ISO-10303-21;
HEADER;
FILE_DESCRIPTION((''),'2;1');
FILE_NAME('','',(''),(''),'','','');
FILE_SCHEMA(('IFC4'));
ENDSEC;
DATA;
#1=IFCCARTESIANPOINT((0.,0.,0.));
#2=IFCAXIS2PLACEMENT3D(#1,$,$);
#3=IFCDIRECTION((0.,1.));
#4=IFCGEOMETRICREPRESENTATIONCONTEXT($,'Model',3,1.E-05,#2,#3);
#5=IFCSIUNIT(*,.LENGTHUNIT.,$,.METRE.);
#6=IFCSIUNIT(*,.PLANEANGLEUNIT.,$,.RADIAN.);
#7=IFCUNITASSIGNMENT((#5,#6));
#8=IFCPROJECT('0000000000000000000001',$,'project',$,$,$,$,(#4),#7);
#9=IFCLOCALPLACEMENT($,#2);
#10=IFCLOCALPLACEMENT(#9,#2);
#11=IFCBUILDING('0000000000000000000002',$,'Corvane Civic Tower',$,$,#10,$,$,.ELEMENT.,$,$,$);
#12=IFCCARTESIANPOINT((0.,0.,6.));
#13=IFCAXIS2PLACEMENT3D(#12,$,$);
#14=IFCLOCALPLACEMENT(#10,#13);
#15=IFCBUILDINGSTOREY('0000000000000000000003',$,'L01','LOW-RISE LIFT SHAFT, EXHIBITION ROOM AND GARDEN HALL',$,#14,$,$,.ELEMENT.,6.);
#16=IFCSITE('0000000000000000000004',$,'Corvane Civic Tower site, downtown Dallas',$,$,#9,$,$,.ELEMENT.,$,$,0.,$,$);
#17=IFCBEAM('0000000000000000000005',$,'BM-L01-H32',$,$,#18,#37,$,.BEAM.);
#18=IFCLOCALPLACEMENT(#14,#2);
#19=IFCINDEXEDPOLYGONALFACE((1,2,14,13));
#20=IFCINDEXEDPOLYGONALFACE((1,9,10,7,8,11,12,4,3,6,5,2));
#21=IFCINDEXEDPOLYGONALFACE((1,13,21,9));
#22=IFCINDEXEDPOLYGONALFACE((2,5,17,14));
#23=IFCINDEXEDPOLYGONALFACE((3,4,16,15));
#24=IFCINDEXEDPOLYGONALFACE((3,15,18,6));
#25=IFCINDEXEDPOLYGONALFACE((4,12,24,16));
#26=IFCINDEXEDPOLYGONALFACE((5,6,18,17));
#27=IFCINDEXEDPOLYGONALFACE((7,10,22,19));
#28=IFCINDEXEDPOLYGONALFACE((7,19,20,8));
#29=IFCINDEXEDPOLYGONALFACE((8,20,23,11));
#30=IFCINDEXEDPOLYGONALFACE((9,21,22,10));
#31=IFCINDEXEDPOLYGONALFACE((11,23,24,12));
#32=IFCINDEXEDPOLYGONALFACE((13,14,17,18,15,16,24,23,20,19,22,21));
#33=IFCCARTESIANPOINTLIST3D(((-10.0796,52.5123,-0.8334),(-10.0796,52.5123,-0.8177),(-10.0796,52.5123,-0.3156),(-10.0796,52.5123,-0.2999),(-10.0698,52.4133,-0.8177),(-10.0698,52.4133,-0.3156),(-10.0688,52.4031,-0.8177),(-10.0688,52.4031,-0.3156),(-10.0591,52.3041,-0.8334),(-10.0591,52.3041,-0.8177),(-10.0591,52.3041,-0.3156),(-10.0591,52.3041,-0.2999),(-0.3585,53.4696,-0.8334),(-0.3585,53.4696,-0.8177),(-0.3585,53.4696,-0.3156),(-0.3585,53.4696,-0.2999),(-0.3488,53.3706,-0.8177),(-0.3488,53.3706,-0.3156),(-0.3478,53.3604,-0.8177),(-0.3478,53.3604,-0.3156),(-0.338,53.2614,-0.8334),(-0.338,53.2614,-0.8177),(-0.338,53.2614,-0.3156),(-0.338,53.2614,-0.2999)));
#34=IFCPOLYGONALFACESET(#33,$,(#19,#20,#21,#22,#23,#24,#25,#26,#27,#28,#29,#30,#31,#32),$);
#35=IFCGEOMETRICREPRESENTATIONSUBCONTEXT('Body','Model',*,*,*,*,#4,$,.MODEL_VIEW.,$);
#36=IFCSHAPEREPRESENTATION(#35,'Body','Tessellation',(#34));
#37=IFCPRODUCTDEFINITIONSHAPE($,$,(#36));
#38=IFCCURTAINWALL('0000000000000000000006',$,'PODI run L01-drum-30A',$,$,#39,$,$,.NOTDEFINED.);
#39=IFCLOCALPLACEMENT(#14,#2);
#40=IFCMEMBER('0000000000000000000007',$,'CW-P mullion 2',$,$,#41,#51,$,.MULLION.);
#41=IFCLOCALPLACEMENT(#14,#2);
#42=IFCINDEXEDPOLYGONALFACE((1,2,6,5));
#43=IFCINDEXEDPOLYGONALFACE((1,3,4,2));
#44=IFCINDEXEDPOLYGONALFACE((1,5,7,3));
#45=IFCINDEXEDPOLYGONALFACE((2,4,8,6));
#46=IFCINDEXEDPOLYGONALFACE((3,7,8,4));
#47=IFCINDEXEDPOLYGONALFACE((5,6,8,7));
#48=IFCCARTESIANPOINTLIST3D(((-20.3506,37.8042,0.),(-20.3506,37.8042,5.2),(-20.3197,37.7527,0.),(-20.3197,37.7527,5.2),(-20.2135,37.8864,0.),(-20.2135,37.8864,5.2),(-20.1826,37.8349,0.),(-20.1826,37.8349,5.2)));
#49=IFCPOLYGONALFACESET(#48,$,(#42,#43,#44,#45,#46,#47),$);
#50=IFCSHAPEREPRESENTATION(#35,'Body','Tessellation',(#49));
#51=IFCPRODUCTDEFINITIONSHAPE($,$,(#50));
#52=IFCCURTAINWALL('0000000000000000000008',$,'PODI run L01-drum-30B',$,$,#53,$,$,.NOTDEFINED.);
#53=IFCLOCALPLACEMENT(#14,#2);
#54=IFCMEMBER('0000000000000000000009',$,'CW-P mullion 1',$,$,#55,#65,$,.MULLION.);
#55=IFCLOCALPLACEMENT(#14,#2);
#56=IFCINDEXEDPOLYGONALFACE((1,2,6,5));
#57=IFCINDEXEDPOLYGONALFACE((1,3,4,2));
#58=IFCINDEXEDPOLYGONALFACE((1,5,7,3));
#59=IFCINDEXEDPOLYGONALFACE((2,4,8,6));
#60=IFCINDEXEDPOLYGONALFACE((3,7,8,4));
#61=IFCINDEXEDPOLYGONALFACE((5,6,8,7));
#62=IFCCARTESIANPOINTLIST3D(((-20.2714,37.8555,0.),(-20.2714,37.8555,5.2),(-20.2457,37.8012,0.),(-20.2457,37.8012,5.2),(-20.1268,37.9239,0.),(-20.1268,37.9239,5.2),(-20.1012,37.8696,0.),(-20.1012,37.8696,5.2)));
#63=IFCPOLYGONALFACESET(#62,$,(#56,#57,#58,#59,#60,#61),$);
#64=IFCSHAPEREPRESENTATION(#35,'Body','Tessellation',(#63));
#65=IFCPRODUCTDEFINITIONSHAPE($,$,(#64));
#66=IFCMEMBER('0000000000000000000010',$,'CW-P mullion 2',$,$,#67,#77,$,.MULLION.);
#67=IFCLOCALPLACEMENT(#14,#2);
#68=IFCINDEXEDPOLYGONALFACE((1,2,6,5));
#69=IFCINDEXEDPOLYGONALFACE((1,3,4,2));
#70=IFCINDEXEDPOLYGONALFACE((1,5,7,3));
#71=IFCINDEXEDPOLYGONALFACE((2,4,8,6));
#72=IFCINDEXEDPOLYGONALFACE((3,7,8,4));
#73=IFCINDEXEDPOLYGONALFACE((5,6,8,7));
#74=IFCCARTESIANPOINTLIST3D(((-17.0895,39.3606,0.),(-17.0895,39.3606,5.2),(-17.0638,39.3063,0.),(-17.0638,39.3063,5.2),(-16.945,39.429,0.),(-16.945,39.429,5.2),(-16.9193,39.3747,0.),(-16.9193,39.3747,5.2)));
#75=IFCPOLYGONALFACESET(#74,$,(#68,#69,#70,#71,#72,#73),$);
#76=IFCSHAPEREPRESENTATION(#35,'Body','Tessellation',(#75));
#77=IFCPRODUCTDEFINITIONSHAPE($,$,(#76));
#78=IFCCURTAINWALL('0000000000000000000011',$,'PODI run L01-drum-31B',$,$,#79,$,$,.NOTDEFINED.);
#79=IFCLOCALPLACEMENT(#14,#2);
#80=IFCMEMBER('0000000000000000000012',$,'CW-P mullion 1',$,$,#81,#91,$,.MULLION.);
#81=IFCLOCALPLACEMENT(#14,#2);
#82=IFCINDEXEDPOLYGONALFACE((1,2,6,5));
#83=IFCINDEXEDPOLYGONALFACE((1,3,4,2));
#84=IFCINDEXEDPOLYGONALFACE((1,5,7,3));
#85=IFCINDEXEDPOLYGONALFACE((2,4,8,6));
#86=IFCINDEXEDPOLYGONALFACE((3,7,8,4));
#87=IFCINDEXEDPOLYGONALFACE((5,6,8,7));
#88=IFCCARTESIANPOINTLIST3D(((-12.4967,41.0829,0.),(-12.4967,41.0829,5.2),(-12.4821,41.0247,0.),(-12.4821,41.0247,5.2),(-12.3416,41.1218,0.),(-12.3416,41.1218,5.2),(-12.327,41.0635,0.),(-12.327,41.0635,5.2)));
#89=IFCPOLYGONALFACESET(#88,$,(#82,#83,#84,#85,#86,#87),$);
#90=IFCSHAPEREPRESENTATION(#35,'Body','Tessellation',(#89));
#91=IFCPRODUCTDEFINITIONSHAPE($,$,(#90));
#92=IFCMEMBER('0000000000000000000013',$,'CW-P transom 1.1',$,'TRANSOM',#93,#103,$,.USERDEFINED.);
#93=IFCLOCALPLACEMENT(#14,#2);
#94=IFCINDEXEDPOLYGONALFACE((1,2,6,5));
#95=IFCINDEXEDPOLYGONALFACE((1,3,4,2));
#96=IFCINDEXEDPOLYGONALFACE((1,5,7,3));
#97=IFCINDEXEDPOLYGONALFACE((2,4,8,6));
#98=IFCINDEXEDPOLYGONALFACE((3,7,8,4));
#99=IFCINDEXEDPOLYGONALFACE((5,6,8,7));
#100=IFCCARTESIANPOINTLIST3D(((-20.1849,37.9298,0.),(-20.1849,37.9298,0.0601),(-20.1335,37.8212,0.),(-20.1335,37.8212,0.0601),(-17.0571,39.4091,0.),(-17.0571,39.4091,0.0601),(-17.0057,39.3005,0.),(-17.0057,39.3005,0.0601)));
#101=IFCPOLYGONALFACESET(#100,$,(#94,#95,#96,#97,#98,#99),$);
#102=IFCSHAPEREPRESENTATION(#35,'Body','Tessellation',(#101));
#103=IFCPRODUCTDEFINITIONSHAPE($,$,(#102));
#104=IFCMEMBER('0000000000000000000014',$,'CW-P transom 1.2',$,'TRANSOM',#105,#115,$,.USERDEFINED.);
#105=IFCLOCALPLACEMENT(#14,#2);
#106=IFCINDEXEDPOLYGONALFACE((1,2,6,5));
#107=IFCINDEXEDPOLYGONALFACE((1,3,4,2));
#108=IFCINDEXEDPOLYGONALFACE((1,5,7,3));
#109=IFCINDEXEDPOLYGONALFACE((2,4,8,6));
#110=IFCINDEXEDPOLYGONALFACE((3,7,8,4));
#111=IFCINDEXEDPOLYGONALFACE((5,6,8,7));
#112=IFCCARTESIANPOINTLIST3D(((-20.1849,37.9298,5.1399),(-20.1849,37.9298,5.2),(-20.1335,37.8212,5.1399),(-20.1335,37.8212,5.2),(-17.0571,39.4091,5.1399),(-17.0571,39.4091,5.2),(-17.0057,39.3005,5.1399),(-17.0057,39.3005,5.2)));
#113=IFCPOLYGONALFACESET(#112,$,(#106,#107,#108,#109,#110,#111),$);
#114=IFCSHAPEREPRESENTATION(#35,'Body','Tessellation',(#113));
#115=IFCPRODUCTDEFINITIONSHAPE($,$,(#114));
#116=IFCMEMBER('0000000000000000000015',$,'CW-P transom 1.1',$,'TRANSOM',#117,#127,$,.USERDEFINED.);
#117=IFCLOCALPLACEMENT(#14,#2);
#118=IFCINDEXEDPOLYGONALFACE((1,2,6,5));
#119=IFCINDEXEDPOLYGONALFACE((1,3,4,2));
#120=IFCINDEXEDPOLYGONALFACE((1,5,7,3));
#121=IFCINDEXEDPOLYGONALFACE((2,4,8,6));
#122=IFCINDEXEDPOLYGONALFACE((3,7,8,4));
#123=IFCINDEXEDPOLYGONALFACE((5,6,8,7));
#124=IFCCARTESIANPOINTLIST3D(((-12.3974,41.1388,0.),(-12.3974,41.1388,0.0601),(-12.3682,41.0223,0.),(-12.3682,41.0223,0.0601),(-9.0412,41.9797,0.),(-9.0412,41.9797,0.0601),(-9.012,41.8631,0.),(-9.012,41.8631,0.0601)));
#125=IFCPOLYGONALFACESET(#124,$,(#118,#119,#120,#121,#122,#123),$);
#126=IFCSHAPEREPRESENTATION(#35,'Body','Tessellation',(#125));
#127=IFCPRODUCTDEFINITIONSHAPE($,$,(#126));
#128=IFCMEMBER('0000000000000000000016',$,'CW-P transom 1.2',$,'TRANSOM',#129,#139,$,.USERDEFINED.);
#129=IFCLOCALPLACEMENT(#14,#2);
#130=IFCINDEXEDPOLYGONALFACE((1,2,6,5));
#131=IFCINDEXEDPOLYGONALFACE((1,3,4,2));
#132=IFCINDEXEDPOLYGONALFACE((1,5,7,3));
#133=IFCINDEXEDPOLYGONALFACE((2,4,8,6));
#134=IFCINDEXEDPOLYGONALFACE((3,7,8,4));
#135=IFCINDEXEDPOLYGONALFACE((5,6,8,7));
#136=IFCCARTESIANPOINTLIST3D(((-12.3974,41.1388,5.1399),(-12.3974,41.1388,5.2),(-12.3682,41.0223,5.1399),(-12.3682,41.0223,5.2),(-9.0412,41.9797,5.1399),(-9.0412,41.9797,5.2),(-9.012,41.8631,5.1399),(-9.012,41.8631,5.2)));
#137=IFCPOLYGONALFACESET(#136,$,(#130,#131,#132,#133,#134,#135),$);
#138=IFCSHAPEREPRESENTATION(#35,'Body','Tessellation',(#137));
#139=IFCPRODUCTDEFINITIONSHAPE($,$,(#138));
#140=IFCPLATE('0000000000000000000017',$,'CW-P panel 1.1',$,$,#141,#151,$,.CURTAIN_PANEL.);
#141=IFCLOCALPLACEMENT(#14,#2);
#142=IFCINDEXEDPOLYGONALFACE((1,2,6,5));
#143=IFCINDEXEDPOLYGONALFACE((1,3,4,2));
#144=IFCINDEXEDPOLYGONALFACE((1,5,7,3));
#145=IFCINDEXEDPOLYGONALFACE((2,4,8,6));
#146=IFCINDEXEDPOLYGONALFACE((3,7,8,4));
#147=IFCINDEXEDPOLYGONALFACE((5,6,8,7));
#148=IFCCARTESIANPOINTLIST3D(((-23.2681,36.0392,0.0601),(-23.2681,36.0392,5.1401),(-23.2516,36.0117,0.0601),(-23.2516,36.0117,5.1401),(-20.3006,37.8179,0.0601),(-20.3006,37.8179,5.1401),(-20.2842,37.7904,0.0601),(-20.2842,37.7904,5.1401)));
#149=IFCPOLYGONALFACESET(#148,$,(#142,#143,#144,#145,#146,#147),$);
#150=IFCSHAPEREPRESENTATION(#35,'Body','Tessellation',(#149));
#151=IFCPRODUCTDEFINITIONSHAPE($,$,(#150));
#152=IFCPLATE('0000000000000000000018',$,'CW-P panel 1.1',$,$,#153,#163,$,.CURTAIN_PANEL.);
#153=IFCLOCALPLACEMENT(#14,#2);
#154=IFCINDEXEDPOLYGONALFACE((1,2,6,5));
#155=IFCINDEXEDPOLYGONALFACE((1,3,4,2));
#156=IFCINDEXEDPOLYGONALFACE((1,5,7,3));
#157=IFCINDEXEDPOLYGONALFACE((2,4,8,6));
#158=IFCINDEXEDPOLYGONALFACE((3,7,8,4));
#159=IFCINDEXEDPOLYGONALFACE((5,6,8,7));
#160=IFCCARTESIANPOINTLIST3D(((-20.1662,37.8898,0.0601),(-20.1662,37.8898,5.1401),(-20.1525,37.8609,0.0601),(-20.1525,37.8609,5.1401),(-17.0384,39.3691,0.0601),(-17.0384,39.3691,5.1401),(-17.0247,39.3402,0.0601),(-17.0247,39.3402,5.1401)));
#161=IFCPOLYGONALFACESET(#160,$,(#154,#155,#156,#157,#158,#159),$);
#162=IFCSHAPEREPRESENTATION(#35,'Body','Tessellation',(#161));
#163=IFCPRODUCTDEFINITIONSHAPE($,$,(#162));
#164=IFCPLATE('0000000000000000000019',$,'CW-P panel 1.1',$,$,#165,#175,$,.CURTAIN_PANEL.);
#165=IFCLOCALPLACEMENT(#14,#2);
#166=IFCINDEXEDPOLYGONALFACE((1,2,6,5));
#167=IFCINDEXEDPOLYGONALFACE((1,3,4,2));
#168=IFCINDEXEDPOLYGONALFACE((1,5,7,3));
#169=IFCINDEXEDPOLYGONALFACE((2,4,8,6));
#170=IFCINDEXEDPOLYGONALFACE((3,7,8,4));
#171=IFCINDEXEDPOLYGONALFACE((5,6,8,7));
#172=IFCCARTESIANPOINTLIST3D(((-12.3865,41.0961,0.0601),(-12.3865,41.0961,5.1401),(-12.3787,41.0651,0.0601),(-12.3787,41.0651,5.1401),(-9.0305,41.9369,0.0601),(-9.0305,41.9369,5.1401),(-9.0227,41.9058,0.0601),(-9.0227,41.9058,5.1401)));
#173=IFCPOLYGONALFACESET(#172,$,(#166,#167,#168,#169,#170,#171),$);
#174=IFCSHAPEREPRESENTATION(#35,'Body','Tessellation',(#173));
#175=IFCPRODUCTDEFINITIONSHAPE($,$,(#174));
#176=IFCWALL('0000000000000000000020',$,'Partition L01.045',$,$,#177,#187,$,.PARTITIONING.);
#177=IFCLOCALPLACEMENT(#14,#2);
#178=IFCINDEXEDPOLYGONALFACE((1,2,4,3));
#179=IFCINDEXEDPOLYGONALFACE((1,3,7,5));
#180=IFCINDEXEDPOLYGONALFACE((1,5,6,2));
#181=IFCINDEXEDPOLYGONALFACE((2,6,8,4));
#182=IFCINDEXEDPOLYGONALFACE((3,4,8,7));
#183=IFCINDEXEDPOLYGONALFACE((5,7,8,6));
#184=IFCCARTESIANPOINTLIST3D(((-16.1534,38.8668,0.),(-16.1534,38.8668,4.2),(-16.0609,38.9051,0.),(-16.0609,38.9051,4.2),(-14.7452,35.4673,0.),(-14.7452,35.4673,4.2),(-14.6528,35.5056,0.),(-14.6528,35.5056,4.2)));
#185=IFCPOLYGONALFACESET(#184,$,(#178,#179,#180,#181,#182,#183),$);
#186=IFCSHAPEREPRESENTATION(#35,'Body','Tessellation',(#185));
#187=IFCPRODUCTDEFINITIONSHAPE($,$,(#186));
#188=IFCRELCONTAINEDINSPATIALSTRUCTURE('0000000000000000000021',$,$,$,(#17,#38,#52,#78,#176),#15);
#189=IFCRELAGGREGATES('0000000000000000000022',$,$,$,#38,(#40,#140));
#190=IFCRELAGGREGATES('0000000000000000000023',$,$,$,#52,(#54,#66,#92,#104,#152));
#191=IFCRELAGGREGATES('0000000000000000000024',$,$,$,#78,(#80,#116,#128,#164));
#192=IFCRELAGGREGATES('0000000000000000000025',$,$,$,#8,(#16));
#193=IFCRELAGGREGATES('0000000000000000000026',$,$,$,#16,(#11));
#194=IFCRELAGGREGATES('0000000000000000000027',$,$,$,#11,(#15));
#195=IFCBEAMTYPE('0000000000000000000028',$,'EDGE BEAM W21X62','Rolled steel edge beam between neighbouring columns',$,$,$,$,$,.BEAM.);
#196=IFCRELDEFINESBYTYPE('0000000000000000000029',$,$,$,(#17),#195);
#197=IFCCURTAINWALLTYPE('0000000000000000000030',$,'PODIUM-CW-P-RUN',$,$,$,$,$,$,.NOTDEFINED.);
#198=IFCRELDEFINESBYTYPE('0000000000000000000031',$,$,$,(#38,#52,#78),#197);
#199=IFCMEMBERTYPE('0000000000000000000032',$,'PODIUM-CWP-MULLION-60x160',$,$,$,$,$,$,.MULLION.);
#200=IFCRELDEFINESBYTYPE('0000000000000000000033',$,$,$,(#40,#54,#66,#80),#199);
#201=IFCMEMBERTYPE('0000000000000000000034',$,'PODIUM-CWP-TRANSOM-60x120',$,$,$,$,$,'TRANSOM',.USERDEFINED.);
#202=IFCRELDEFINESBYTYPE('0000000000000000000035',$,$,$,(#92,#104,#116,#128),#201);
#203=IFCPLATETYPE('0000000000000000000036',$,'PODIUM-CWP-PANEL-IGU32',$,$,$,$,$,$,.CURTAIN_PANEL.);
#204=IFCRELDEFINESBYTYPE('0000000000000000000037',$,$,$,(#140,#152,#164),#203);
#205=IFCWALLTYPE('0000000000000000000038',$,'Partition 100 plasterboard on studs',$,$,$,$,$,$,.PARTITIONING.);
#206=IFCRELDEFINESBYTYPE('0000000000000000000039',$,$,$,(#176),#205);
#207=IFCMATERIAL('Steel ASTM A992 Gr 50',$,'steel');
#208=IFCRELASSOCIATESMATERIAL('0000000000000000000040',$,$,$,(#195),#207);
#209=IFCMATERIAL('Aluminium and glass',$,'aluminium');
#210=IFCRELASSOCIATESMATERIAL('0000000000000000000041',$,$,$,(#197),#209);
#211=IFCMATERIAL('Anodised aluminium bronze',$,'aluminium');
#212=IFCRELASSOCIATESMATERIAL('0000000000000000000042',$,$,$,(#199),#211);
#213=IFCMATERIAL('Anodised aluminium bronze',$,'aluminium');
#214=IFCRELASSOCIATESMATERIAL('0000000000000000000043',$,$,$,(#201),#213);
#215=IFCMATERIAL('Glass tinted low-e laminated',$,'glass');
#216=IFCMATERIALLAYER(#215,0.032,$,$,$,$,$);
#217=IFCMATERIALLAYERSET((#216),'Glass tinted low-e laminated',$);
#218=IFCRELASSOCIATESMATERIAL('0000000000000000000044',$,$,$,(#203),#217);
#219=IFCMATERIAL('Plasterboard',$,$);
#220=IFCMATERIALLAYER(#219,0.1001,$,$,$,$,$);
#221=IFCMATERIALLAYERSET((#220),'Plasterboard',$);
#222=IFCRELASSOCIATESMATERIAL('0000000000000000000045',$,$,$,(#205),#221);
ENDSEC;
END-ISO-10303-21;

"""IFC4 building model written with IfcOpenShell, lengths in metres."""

from ifc_helpers import new_model, si_unit, direction, frame, frame_2d, origin, origin_2d, place, context, subcontext, project, spatial, rectangle, i_section, extrude, material, layer, layer_set, material_profile, profile_set, type_object, element, aggregate, save


model = new_model("IFC4")

# Units and contexts
model_context = context("Model", 3, precision=1e-05, world=origin(), true_north=direction((0.0, 1.0)))
body_context = subcontext(model_context, "Body", "Model", "MODEL_VIEW")
ifc_project = project(units=[si_unit("LENGTHUNIT", "METRE"), si_unit("PLANEANGLEUNIT", "RADIAN")], contexts=[model_context])

# Site, building, storey
site_placement = place(None, origin())
site = spatial("IfcSite", under=ifc_project, at=site_placement, Name="Corvane Civic Tower site, downtown Dallas", CompositionType="ELEMENT", RefElevation=0.0)
building_placement = place(site_placement, origin())
building = spatial("IfcBuilding", under=site, at=building_placement, Name="Corvane Civic Tower", CompositionType="ELEMENT")
storey_placement = place(building_placement, frame((0.0, 0.0, 6.0)))
storey = spatial("IfcBuildingStorey", under=building, at=storey_placement, Name="L01", Description="LOW-RISE LIFT SHAFT, EXHIBITION ROOM AND GARDEN HALL", CompositionType="ELEMENT", Elevation=6.0)

# Beam
ifc_material_1 = material(Name="Steel ASTM A992 Gr 50", Category="steel")
ifc_material_profile_1 = material_profile(ifc_material_1, i_section(OverallWidth=0.2092, OverallDepth=0.5334, WebThickness=0.0103, FlangeThickness=0.0156, at=origin_2d()), Name="W21X62")
ifc_profile_set_1 = profile_set([ifc_material_profile_1], Name="Steel ASTM A992 Gr 50")
beam_type_1 = type_object("IfcBeamType", Name="EDGE BEAM W21X62", Description="Rolled steel edge beam between neighbouring columns", PredefinedType="BEAM", material=ifc_profile_set_1)
beam_1_placement = place(storey_placement, frame((-10.0693, 52.4082, -0.5667), z_axis=(0.995186, 0.098001, 0.0), x_axis=(-0.098001, 0.995186, 0.0)))
element("IfcBeam", 1, at=beam_1_placement, inside=storey, type_object=beam_type_1, Name="BM-L01-H32", PredefinedType="BEAM", context=body_context, shape_type="SweptSolid", body=[
    extrude(i_section(OverallWidth=0.2092, OverallDepth=0.5334, WebThickness=0.0103, FlangeThickness=0.0156, at=origin_2d()), origin(), (0.0, 0.0, 1.0), 9.7681),
])

# Curtain wall, member
ifc_material_2 = material(Name="Aluminium and glass", Category="aluminium")
curtain_wall_type = type_object("IfcCurtainWallType", Name="PODIUM-CW-P-RUN", PredefinedType="NOTDEFINED", material=ifc_material_2)
curtain_wall_1_placement = place(storey_placement, origin())
curtain_wall_1 = element("IfcCurtainWall", 2, at=curtain_wall_1_placement, inside=storey, type_object=curtain_wall_type, Name="PODI run L01-drum-30A", PredefinedType="NOTDEFINED")
ifc_material_3 = material(Name="Anodised aluminium bronze", Category="aluminium")
ifc_material_profile_2 = material_profile(ifc_material_3, rectangle(XDim=0.0601, YDim=0.1599, at=origin_2d()), Name="AL 60x160")
ifc_profile_set_2 = profile_set([ifc_material_profile_2], Name="Anodised aluminium bronze")
member_type_1 = type_object("IfcMemberType", Name="PODIUM-CWP-MULLION-60x160", PredefinedType="MULLION", material=ifc_profile_set_2)
member_1_placement = place(storey_placement, frame((-20.2666, 37.8196, 0.0), z_axis=(0.0, 0.0, 1.0), x_axis=(-0.514118, 0.85772, 0.0)))
member_1 = element("IfcMember", 3, at=member_1_placement, type_object=member_type_1, Name="CW-P mullion 2", PredefinedType="MULLION", context=body_context, shape_type="SweptSolid", body=[
    extrude(rectangle(XDim=0.0601, YDim=0.1599, at=origin_2d()), origin(), (0.0, 0.0, 1.0), 5.2),
])

# Curtain wall, members
curtain_wall_2_placement = place(storey_placement, origin())
curtain_wall_2 = element("IfcCurtainWall", 4, at=curtain_wall_2_placement, inside=storey, type_object=curtain_wall_type, Name="PODI run L01-drum-30B", PredefinedType="NOTDEFINED")
member_2_placement = place(storey_placement, frame((-20.1863, 37.8625, 0.0), z_axis=(0.0, 0.0, 1.0), x_axis=(-0.427553, 0.90399, 0.0)))
member_2 = element("IfcMember", 5, at=member_2_placement, type_object=member_type_1, Name="CW-P mullion 1", PredefinedType="MULLION", context=body_context, shape_type="SweptSolid", body=[
    extrude(rectangle(XDim=0.0601, YDim=0.1599, at=origin_2d()), origin(), (0.0, 0.0, 1.0), 5.2),
])
member_3_placement = place(storey_placement, frame((-17.0044, 39.3677, 0.0), z_axis=(0.0, 0.0, 1.0), x_axis=(-0.427553, 0.90399, 0.0)))
member_3 = element("IfcMember", 6, at=member_3_placement, type_object=member_type_1, Name="CW-P mullion 2", PredefinedType="MULLION", context=body_context, shape_type="SweptSolid", body=[
    extrude(rectangle(XDim=0.0601, YDim=0.1599, at=origin_2d()), origin(), (0.0, 0.0, 1.0), 5.2),
])

# Curtain wall, member
curtain_wall_3_placement = place(storey_placement, origin())
curtain_wall_3 = element("IfcCurtainWall", 7, at=curtain_wall_3_placement, inside=storey, type_object=curtain_wall_type, Name="PODI run L01-drum-31B", PredefinedType="NOTDEFINED")
member_4_placement = place(storey_placement, frame((-12.4119, 41.0732, 0.0), z_axis=(0.0, 0.0, 1.0), x_axis=(-0.243009, 0.970024, 0.0)))
member_4 = element("IfcMember", 8, at=member_4_placement, type_object=member_type_1, Name="CW-P mullion 1", PredefinedType="MULLION", context=body_context, shape_type="SweptSolid", body=[
    extrude(rectangle(XDim=0.0601, YDim=0.1599, at=origin_2d()), origin(), (0.0, 0.0, 1.0), 5.2),
])

# Members
ifc_material_4 = material(Name="Anodised aluminium bronze", Category="aluminium")
ifc_material_profile_3 = material_profile(ifc_material_4, rectangle(XDim=0.1201, YDim=0.0601, at=origin_2d()), Name="AL 120x60")
ifc_profile_set_3 = profile_set([ifc_material_profile_3], Name="Anodised aluminium bronze")
member_type_2 = type_object("IfcMemberType", Name="PODIUM-CWP-TRANSOM-60x120", ElementType="TRANSOM", PredefinedType="USERDEFINED", material=ifc_profile_set_3)
member_5_placement = place(storey_placement, frame((-20.1592, 37.8755, 0.03), z_axis=(0.903993, 0.427546, 0.0), x_axis=(-0.427546, 0.903993, 0.0)))
member_5 = element("IfcMember", 9, at=member_5_placement, type_object=member_type_2, Name="CW-P transom 1.1", ObjectType="TRANSOM", PredefinedType="USERDEFINED", context=body_context, shape_type="SweptSolid", body=[
    extrude(rectangle(XDim=0.1201, YDim=0.0601, at=origin_2d()), origin(), (0.0, 0.0, 1.0), 3.46),
])
member_6_placement = place(storey_placement, frame((-20.1592, 37.8755, 5.1699), z_axis=(0.903993, 0.427546, 0.0), x_axis=(-0.427546, 0.903993, 0.0)))
member_6 = element("IfcMember", 10, at=member_6_placement, type_object=member_type_2, Name="CW-P transom 1.2", ObjectType="TRANSOM", PredefinedType="USERDEFINED", context=body_context, shape_type="SweptSolid", body=[
    extrude(rectangle(XDim=0.1201, YDim=0.0601, at=origin_2d()), origin(), (0.0, 0.0, 1.0), 3.46),
])
member_7_placement = place(storey_placement, frame((-12.3828, 41.0806, 0.03), z_axis=(0.970022, 0.243017, 0.0), x_axis=(-0.243017, 0.970022, 0.0)))
member_7 = element("IfcMember", 11, at=member_7_placement, type_object=member_type_2, Name="CW-P transom 1.1", ObjectType="TRANSOM", PredefinedType="USERDEFINED", context=body_context, shape_type="SweptSolid", body=[
    extrude(rectangle(XDim=0.1201, YDim=0.0601, at=origin_2d()), origin(), (0.0, 0.0, 1.0), 3.46),
])
member_8_placement = place(storey_placement, frame((-12.3828, 41.0806, 5.1699), z_axis=(0.970022, 0.243017, 0.0), x_axis=(-0.243017, 0.970022, 0.0)))
member_8 = element("IfcMember", 12, at=member_8_placement, type_object=member_type_2, Name="CW-P transom 1.2", ObjectType="TRANSOM", PredefinedType="USERDEFINED", context=body_context, shape_type="SweptSolid", body=[
    extrude(rectangle(XDim=0.1201, YDim=0.0601, at=origin_2d()), origin(), (0.0, 0.0, 1.0), 3.46),
])

# Plates
ifc_material_5 = material(Name="Glass tinted low-e laminated", Category="glass")
ifc_layer_1 = layer(ifc_material_5, 0.032)
ifc_layer_set_1 = layer_set([ifc_layer_1], Name="Glass tinted low-e laminated")
plate_type = type_object("IfcPlateType", Name="PODIUM-CWP-PANEL-IGU32", PredefinedType="CURTAIN_PANEL", material=ifc_layer_set_1)
plate_1_placement = place(storey_placement, frame((-21.7761, 36.9148, 0.0601), z_axis=(0.0, 0.0, 1.0), x_axis=(0.85772, 0.514118, 0.0)))
plate_1 = element("IfcPlate", 13, at=plate_1_placement, type_object=plate_type, Name="CW-P panel 1.1", PredefinedType="CURTAIN_PANEL", context=body_context, shape_type="SweptSolid", body=[
    extrude(rectangle(XDim=3.4597, YDim=0.032, at=origin_2d()), origin(), (0.0, 0.0, 1.0), 5.0801),
])
aggregate(curtain_wall_1, [member_1, plate_1])
plate_2_placement = place(storey_placement, frame((-18.5955, 38.615, 0.0601), z_axis=(0.0, 0.0, 1.0), x_axis=(0.90399, 0.427553, 0.0)))
plate_2 = element("IfcPlate", 14, at=plate_2_placement, type_object=plate_type, Name="CW-P panel 1.1", PredefinedType="CURTAIN_PANEL", context=body_context, shape_type="SweptSolid", body=[
    extrude(rectangle(XDim=3.46, YDim=0.032, at=origin_2d()), origin(), (0.0, 0.0, 1.0), 5.0801),
])
aggregate(curtain_wall_2, [member_2, member_3, member_5, member_6, plate_2])
plate_3_placement = place(storey_placement, frame((-10.7046, 41.501, 0.0601), z_axis=(0.0, 0.0, 1.0), x_axis=(0.970024, 0.243009, 0.0)))
plate_3 = element("IfcPlate", 15, at=plate_3_placement, type_object=plate_type, Name="CW-P panel 1.1", PredefinedType="CURTAIN_PANEL", context=body_context, shape_type="SweptSolid", body=[
    extrude(rectangle(XDim=3.4597, YDim=0.032, at=origin_2d()), origin(), (0.0, 0.0, 1.0), 5.0801),
])
aggregate(curtain_wall_3, [member_4, member_7, member_8, plate_3])

# Wall
ifc_material_6 = material(Name="Plasterboard")
ifc_layer_2 = layer(ifc_material_6, 0.1001)
ifc_layer_set_2 = layer_set([ifc_layer_2], Name="Plasterboard")
wall_type_1 = type_object("IfcWallType", Name="Partition 100 plasterboard on studs", PredefinedType="PARTITIONING", material=ifc_layer_set_2)
wall_1_placement = place(storey_placement, frame((-16.1072, 38.886, 0.0), z_axis=(0.0, 0.0, 1.0), x_axis=(0.382688, -0.923878, 0.0)))
element("IfcWall", 16, at=wall_1_placement, inside=storey, type_object=wall_type_1, Name="Partition L01.045", PredefinedType="PARTITIONING", context=body_context, shape_type="SweptSolid", body=[
    extrude(rectangle(XDim=3.6797, YDim=0.1001, at=frame_2d((1.8398, 0.0))), origin(), (0.0, 0.0, 1.0), 4.2),
])

save(model, "model.ifc")
